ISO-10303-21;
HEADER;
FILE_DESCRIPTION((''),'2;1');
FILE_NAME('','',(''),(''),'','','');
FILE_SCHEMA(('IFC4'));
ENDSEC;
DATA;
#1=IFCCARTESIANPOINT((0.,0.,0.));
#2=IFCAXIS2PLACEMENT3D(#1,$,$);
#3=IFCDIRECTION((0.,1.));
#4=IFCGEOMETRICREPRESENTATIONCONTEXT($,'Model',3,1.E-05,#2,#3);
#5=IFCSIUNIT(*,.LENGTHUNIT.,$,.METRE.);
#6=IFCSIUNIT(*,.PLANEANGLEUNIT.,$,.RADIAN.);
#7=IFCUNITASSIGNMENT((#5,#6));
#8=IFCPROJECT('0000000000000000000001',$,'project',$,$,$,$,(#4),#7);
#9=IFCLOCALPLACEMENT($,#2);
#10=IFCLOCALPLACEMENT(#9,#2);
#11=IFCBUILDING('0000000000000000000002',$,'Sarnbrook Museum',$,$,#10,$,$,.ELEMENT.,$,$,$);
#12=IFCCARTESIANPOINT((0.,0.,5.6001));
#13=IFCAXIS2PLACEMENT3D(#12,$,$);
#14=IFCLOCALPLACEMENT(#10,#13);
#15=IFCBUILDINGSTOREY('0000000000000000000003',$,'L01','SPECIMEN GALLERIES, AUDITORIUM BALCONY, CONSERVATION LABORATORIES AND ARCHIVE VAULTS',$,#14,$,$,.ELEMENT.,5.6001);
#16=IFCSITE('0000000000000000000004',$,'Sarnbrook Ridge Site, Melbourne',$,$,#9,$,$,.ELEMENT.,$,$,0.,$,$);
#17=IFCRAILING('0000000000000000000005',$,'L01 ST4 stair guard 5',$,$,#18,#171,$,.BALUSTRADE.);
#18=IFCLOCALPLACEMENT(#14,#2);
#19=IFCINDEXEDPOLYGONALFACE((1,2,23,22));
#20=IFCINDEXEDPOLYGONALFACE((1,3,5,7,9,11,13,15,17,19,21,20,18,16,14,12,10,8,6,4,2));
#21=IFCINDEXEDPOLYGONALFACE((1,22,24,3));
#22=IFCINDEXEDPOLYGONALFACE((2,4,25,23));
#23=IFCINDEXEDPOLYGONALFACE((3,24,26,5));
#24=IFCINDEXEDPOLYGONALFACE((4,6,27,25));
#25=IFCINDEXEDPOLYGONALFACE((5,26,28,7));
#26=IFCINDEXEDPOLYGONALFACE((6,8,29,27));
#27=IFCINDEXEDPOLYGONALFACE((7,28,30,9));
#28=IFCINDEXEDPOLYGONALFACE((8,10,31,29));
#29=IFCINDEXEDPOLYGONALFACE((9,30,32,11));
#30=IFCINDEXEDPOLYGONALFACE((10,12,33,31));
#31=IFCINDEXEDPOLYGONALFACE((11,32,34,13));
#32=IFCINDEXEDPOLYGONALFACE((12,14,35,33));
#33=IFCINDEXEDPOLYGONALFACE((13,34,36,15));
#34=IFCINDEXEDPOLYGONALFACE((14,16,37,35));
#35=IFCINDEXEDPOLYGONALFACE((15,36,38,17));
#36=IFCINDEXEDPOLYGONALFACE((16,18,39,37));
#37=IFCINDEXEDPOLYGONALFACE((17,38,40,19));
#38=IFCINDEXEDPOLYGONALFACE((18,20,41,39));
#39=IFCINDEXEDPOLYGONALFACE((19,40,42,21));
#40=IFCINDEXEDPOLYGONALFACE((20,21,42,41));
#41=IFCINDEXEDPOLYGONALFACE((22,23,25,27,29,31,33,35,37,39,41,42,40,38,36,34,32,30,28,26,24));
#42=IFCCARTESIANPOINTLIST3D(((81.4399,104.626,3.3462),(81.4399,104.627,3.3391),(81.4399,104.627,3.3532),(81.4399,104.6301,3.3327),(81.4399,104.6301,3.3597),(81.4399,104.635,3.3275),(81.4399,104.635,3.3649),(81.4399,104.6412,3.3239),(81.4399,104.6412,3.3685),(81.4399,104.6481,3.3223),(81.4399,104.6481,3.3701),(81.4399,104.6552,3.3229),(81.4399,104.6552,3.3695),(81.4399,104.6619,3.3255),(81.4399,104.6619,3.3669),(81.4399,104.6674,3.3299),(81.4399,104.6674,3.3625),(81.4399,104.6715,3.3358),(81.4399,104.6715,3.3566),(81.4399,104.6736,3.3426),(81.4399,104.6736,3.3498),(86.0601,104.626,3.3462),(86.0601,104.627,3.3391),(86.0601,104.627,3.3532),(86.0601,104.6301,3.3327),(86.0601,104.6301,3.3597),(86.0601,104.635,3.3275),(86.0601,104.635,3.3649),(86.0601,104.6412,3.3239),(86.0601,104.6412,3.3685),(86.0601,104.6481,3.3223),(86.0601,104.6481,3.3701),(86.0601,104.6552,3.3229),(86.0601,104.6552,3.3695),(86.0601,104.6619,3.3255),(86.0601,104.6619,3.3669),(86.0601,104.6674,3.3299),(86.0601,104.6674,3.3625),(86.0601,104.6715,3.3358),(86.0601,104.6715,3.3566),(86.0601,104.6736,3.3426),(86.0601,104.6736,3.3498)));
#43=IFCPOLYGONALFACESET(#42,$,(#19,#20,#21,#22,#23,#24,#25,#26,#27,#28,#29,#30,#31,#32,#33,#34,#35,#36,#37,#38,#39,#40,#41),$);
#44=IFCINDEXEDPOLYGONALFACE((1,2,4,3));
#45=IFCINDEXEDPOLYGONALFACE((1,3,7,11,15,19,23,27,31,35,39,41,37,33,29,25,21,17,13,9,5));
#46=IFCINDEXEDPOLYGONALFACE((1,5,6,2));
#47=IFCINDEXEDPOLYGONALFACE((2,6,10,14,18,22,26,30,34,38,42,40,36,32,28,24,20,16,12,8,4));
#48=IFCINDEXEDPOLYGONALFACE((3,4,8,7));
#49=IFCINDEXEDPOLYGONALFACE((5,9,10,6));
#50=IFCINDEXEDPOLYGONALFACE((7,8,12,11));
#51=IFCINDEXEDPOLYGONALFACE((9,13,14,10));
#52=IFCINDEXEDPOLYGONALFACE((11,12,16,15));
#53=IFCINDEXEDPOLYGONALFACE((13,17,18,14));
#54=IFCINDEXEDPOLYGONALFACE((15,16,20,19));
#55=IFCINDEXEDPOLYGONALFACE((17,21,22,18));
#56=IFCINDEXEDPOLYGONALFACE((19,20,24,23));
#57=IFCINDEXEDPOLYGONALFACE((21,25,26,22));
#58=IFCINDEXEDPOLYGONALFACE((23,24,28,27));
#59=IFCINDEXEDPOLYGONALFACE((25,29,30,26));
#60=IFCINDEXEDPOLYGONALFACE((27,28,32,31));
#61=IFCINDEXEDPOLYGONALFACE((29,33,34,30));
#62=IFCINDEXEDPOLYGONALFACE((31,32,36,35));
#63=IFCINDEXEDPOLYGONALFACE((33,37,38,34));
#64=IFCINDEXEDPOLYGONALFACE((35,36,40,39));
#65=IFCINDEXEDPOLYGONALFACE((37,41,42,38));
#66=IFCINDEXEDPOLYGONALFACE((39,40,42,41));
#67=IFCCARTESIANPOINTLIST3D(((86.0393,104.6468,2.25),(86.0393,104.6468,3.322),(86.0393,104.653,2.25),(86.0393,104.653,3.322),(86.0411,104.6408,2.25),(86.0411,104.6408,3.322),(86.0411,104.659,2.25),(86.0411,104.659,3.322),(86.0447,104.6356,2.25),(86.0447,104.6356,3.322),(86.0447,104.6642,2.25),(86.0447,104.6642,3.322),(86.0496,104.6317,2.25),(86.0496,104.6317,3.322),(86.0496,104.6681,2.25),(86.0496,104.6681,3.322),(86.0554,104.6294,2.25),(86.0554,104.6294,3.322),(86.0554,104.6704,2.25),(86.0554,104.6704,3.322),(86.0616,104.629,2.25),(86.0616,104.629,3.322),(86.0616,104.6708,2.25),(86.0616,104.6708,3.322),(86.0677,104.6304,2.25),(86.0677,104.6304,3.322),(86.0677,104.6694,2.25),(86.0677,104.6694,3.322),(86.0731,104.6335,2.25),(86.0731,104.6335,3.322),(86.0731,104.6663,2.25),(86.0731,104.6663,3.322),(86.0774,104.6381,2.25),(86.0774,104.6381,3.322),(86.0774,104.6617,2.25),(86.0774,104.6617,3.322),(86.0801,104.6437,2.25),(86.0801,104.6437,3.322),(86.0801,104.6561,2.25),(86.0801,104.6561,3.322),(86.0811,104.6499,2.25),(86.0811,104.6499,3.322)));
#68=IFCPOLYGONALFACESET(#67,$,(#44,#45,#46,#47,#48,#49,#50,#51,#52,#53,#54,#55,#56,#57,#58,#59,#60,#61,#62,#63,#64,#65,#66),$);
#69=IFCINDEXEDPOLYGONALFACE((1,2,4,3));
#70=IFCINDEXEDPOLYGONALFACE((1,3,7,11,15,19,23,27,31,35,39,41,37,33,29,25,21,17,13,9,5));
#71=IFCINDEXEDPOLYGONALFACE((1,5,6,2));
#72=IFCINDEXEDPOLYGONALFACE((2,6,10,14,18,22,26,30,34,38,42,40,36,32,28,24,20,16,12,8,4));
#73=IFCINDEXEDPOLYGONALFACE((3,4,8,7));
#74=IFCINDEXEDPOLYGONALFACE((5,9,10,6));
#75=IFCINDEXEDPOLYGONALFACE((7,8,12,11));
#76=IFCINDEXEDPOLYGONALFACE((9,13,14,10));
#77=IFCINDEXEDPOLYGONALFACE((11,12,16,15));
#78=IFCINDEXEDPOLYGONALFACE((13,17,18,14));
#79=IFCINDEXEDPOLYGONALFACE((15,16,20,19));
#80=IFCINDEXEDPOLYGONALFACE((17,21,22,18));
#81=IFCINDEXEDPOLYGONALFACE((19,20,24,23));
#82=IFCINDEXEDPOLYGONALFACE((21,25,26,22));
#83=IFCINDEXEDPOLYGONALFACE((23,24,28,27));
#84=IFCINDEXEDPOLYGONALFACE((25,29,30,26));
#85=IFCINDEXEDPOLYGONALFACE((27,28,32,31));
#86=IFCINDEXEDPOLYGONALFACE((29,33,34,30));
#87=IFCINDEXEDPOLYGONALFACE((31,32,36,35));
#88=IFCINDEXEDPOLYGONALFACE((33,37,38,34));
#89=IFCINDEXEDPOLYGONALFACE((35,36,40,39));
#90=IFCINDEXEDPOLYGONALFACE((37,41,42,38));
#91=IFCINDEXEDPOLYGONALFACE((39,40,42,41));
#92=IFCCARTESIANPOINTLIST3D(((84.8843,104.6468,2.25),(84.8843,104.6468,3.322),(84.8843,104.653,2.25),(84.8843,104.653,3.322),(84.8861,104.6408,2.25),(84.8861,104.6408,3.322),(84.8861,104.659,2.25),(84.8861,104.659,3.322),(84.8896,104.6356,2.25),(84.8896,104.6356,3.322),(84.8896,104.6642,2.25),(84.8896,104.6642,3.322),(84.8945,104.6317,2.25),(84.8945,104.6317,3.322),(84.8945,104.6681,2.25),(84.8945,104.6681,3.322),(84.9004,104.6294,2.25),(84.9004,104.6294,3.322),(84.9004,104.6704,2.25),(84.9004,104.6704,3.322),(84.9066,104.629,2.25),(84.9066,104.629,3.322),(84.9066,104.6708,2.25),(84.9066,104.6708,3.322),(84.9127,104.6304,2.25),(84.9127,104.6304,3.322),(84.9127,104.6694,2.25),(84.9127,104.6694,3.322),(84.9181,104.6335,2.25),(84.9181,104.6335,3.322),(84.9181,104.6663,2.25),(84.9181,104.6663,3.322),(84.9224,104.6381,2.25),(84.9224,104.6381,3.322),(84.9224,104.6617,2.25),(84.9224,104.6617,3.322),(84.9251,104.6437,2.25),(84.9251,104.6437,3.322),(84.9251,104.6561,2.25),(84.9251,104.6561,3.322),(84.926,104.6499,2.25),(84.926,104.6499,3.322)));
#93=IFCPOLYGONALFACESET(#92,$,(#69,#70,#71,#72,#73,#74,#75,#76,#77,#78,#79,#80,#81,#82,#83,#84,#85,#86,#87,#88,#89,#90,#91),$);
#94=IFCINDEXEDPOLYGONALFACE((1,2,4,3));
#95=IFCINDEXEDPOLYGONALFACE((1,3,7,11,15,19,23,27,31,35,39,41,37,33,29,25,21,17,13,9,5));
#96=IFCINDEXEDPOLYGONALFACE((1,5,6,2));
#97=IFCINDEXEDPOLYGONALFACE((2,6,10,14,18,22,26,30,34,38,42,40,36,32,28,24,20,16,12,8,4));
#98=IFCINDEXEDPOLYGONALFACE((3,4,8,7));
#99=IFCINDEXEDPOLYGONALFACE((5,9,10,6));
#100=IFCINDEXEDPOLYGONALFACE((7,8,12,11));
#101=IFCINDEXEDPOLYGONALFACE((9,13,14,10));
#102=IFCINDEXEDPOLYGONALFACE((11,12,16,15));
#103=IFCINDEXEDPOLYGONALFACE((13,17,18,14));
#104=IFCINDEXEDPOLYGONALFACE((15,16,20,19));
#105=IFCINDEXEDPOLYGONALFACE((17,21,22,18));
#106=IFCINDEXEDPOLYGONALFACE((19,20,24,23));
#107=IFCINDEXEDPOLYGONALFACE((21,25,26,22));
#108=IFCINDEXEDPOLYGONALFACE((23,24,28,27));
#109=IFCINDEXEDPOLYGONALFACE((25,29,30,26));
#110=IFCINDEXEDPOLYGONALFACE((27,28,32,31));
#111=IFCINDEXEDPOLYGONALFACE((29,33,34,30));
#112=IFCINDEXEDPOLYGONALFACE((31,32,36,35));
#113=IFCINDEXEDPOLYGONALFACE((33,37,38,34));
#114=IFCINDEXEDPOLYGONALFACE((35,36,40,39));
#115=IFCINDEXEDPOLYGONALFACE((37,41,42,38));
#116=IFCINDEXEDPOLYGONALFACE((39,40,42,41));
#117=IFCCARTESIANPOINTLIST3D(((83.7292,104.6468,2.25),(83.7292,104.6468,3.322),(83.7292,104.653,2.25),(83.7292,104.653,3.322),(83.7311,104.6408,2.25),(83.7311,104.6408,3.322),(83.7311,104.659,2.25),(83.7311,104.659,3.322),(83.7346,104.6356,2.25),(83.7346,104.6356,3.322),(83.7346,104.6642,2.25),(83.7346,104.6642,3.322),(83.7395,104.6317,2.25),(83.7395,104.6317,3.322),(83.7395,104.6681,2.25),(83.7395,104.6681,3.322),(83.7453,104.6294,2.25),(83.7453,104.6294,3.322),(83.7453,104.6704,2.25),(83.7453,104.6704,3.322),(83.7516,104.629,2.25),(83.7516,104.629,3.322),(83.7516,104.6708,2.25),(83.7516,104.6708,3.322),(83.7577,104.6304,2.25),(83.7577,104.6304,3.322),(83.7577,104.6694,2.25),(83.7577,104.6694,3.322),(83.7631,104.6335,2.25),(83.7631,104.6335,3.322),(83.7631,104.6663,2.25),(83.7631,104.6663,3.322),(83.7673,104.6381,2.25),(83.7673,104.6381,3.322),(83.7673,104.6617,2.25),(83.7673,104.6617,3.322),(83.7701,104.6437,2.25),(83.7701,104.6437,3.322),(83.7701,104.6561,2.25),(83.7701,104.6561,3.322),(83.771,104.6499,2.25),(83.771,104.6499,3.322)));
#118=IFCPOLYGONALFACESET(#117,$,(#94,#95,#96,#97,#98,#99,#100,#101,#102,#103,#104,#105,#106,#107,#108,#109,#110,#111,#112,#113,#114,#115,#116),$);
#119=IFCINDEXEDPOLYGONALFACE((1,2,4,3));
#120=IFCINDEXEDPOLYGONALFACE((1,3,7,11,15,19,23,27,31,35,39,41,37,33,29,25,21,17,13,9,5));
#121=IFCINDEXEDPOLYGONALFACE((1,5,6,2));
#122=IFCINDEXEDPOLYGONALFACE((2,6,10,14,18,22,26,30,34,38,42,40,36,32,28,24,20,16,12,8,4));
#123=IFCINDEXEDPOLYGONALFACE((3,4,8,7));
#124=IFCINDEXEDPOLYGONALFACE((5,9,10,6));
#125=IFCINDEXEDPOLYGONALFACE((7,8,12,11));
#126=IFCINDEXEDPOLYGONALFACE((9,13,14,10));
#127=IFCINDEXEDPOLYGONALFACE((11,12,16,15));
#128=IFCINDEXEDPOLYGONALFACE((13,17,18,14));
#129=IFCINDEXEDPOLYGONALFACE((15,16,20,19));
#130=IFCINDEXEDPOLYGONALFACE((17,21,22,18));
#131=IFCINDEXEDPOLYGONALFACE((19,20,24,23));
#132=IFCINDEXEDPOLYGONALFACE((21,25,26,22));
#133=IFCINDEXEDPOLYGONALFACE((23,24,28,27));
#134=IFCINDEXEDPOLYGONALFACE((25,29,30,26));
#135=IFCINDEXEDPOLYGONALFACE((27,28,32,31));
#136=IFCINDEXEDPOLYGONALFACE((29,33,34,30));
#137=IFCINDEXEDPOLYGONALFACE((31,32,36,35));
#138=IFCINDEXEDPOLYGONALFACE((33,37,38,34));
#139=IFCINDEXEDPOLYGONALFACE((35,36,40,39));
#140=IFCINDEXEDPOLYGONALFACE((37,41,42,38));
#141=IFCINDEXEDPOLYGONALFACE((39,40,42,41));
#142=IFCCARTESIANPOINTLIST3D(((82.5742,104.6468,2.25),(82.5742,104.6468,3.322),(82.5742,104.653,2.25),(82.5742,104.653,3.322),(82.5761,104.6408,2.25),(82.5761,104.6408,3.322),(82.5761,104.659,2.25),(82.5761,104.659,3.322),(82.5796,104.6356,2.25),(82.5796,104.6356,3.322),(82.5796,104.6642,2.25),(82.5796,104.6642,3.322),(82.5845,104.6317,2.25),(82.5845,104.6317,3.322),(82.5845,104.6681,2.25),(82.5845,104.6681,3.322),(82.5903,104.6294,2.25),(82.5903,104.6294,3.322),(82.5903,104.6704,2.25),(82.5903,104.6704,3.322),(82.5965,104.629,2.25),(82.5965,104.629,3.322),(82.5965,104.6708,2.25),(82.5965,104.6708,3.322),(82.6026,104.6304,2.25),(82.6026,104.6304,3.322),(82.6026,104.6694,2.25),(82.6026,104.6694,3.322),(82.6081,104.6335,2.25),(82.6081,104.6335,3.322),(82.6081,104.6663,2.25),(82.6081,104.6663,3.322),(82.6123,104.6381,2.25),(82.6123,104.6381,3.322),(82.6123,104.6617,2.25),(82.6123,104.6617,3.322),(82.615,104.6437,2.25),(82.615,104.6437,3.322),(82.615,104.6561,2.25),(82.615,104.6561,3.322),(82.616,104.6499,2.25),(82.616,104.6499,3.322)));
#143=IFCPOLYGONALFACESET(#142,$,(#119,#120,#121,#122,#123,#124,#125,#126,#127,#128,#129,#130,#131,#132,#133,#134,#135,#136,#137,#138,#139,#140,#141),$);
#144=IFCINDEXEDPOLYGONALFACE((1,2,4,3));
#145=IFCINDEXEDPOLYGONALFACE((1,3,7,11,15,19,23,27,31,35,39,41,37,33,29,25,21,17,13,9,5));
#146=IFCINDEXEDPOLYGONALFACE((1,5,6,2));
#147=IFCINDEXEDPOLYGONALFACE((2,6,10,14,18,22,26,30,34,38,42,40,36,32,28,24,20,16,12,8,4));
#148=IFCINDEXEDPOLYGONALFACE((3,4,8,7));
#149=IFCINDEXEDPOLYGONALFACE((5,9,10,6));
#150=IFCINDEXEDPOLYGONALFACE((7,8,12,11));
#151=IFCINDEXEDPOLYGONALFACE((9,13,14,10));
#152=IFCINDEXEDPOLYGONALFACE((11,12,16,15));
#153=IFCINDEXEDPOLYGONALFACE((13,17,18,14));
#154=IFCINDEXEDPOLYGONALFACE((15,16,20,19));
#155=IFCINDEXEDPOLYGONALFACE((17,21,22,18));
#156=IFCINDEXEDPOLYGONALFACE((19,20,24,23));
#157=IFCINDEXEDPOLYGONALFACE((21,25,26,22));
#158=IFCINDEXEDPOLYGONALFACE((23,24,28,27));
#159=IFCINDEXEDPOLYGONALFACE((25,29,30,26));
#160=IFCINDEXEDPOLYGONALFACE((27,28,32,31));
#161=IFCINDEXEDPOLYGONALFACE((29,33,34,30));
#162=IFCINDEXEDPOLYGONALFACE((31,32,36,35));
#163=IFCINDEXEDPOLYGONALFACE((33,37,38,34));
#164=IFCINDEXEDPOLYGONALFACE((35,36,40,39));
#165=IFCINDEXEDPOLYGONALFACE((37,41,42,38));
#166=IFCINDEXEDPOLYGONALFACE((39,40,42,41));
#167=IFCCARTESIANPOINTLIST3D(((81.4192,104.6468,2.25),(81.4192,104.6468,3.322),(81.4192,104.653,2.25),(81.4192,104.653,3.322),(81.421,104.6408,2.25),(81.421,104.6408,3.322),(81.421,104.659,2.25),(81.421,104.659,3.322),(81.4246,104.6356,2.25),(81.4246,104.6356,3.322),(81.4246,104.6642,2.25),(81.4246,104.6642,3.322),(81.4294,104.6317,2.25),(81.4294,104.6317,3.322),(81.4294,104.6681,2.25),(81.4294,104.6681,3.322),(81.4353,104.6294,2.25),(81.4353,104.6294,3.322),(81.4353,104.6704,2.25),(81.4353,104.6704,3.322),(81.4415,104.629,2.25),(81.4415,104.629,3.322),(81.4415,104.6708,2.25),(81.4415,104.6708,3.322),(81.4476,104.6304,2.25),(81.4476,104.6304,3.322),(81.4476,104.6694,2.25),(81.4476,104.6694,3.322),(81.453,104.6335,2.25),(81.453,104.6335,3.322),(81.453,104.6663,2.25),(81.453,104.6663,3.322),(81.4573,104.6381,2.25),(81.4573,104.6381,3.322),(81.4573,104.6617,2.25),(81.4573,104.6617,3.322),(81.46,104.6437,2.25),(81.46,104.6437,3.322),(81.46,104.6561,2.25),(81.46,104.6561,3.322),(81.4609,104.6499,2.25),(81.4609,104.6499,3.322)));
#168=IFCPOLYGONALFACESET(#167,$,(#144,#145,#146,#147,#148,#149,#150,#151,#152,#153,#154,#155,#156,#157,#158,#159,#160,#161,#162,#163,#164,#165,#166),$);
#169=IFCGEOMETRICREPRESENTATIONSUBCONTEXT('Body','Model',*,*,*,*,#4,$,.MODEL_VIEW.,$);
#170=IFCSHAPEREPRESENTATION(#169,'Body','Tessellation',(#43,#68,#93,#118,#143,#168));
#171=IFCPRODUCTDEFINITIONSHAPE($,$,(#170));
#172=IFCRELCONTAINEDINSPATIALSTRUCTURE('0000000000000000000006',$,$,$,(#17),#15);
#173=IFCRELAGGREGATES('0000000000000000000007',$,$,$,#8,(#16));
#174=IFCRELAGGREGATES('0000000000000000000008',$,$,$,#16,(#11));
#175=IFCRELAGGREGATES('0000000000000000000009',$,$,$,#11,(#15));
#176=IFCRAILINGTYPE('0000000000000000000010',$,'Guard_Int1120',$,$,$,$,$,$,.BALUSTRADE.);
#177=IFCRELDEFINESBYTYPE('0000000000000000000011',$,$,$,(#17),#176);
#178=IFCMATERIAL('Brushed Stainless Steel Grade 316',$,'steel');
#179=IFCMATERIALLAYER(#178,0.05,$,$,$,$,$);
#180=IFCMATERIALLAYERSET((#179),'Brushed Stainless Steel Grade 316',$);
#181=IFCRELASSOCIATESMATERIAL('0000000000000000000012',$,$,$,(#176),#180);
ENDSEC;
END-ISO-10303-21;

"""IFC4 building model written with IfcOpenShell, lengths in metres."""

from ifc_helpers import new_model, si_unit, direction, frame, origin, origin_2d, place, context, subcontext, project, spatial, circle, extrude, material, layer, layer_set, type_object, element, save


model = new_model("IFC4")

# Units and contexts
model_context = context("Model", 3, precision=1e-05, world=origin(), true_north=direction((0.0, 1.0)))
body_context = subcontext(model_context, "Body", "Model", "MODEL_VIEW")
ifc_project = project(units=[si_unit("LENGTHUNIT", "METRE"), si_unit("PLANEANGLEUNIT", "RADIAN")], contexts=[model_context])

# Site, building, storey
site_placement = place(None, origin())
site = spatial("IfcSite", under=ifc_project, at=site_placement, Name="Sarnbrook Ridge Site, Melbourne", CompositionType="ELEMENT", RefElevation=0.0)
building_placement = place(site_placement, origin())
building = spatial("IfcBuilding", under=site, at=building_placement, Name="Sarnbrook Museum", CompositionType="ELEMENT")
storey_placement = place(building_placement, frame((0.0, 0.0, 5.6001)))
storey = spatial("IfcBuildingStorey", under=building, at=storey_placement, Name="L01", Description="SPECIMEN GALLERIES, AUDITORIUM BALCONY, CONSERVATION LABORATORIES AND ARCHIVE VAULTS", CompositionType="ELEMENT", Elevation=5.6001)

# Shared definitions
ifc_material_1 = material(Name="Brushed Stainless Steel Grade 316", Category="steel")

# Railing
ifc_layer_1 = layer(ifc_material_1, 0.05)
ifc_layer_set_1 = layer_set([ifc_layer_1], Name="Brushed Stainless Steel Grade 316")
railing_type = type_object("IfcRailingType", Name="Guard_Int1120", PredefinedType="BALUSTRADE", material=ifc_layer_set_1)
railing_1_placement = place(storey_placement, frame((86.0601, 104.6499, 2.25)))
element("IfcRailing", 1, at=railing_1_placement, inside=storey, type_object=railing_type, Name="L01 ST4 stair guard 5", PredefinedType="BALUSTRADE", context=body_context, shape_type="SweptSolid", body=[
    extrude(circle(Radius=0.0239, at=origin_2d()), frame((0.0, 0.0, 1.0962), z_axis=(-1.0, 0.0, 0.0), x_axis=(0.0, -1.0, 0.0)), (0.0, 0.0, 1.0), 4.6201),
    extrude(circle(Radius=0.021, at=origin_2d()), origin(), (0.0, 0.0, 1.0), 1.072),
    extrude(circle(Radius=0.021, at=origin_2d()), frame((-1.155, 0.0, 0.0)), (0.0, 0.0, 1.0), 1.072),
    extrude(circle(Radius=0.021, at=origin_2d()), frame((-2.3101, 0.0, 0.0)), (0.0, 0.0, 1.0), 1.072),
    extrude(circle(Radius=0.021, at=origin_2d()), frame((-3.4651, 0.0, 0.0)), (0.0, 0.0, 1.0), 1.072),
    extrude(circle(Radius=0.021, at=origin_2d()), frame((-4.6201, 0.0, 0.0)), (0.0, 0.0, 1.0), 1.072),
])

save(model, "model.ifc")
